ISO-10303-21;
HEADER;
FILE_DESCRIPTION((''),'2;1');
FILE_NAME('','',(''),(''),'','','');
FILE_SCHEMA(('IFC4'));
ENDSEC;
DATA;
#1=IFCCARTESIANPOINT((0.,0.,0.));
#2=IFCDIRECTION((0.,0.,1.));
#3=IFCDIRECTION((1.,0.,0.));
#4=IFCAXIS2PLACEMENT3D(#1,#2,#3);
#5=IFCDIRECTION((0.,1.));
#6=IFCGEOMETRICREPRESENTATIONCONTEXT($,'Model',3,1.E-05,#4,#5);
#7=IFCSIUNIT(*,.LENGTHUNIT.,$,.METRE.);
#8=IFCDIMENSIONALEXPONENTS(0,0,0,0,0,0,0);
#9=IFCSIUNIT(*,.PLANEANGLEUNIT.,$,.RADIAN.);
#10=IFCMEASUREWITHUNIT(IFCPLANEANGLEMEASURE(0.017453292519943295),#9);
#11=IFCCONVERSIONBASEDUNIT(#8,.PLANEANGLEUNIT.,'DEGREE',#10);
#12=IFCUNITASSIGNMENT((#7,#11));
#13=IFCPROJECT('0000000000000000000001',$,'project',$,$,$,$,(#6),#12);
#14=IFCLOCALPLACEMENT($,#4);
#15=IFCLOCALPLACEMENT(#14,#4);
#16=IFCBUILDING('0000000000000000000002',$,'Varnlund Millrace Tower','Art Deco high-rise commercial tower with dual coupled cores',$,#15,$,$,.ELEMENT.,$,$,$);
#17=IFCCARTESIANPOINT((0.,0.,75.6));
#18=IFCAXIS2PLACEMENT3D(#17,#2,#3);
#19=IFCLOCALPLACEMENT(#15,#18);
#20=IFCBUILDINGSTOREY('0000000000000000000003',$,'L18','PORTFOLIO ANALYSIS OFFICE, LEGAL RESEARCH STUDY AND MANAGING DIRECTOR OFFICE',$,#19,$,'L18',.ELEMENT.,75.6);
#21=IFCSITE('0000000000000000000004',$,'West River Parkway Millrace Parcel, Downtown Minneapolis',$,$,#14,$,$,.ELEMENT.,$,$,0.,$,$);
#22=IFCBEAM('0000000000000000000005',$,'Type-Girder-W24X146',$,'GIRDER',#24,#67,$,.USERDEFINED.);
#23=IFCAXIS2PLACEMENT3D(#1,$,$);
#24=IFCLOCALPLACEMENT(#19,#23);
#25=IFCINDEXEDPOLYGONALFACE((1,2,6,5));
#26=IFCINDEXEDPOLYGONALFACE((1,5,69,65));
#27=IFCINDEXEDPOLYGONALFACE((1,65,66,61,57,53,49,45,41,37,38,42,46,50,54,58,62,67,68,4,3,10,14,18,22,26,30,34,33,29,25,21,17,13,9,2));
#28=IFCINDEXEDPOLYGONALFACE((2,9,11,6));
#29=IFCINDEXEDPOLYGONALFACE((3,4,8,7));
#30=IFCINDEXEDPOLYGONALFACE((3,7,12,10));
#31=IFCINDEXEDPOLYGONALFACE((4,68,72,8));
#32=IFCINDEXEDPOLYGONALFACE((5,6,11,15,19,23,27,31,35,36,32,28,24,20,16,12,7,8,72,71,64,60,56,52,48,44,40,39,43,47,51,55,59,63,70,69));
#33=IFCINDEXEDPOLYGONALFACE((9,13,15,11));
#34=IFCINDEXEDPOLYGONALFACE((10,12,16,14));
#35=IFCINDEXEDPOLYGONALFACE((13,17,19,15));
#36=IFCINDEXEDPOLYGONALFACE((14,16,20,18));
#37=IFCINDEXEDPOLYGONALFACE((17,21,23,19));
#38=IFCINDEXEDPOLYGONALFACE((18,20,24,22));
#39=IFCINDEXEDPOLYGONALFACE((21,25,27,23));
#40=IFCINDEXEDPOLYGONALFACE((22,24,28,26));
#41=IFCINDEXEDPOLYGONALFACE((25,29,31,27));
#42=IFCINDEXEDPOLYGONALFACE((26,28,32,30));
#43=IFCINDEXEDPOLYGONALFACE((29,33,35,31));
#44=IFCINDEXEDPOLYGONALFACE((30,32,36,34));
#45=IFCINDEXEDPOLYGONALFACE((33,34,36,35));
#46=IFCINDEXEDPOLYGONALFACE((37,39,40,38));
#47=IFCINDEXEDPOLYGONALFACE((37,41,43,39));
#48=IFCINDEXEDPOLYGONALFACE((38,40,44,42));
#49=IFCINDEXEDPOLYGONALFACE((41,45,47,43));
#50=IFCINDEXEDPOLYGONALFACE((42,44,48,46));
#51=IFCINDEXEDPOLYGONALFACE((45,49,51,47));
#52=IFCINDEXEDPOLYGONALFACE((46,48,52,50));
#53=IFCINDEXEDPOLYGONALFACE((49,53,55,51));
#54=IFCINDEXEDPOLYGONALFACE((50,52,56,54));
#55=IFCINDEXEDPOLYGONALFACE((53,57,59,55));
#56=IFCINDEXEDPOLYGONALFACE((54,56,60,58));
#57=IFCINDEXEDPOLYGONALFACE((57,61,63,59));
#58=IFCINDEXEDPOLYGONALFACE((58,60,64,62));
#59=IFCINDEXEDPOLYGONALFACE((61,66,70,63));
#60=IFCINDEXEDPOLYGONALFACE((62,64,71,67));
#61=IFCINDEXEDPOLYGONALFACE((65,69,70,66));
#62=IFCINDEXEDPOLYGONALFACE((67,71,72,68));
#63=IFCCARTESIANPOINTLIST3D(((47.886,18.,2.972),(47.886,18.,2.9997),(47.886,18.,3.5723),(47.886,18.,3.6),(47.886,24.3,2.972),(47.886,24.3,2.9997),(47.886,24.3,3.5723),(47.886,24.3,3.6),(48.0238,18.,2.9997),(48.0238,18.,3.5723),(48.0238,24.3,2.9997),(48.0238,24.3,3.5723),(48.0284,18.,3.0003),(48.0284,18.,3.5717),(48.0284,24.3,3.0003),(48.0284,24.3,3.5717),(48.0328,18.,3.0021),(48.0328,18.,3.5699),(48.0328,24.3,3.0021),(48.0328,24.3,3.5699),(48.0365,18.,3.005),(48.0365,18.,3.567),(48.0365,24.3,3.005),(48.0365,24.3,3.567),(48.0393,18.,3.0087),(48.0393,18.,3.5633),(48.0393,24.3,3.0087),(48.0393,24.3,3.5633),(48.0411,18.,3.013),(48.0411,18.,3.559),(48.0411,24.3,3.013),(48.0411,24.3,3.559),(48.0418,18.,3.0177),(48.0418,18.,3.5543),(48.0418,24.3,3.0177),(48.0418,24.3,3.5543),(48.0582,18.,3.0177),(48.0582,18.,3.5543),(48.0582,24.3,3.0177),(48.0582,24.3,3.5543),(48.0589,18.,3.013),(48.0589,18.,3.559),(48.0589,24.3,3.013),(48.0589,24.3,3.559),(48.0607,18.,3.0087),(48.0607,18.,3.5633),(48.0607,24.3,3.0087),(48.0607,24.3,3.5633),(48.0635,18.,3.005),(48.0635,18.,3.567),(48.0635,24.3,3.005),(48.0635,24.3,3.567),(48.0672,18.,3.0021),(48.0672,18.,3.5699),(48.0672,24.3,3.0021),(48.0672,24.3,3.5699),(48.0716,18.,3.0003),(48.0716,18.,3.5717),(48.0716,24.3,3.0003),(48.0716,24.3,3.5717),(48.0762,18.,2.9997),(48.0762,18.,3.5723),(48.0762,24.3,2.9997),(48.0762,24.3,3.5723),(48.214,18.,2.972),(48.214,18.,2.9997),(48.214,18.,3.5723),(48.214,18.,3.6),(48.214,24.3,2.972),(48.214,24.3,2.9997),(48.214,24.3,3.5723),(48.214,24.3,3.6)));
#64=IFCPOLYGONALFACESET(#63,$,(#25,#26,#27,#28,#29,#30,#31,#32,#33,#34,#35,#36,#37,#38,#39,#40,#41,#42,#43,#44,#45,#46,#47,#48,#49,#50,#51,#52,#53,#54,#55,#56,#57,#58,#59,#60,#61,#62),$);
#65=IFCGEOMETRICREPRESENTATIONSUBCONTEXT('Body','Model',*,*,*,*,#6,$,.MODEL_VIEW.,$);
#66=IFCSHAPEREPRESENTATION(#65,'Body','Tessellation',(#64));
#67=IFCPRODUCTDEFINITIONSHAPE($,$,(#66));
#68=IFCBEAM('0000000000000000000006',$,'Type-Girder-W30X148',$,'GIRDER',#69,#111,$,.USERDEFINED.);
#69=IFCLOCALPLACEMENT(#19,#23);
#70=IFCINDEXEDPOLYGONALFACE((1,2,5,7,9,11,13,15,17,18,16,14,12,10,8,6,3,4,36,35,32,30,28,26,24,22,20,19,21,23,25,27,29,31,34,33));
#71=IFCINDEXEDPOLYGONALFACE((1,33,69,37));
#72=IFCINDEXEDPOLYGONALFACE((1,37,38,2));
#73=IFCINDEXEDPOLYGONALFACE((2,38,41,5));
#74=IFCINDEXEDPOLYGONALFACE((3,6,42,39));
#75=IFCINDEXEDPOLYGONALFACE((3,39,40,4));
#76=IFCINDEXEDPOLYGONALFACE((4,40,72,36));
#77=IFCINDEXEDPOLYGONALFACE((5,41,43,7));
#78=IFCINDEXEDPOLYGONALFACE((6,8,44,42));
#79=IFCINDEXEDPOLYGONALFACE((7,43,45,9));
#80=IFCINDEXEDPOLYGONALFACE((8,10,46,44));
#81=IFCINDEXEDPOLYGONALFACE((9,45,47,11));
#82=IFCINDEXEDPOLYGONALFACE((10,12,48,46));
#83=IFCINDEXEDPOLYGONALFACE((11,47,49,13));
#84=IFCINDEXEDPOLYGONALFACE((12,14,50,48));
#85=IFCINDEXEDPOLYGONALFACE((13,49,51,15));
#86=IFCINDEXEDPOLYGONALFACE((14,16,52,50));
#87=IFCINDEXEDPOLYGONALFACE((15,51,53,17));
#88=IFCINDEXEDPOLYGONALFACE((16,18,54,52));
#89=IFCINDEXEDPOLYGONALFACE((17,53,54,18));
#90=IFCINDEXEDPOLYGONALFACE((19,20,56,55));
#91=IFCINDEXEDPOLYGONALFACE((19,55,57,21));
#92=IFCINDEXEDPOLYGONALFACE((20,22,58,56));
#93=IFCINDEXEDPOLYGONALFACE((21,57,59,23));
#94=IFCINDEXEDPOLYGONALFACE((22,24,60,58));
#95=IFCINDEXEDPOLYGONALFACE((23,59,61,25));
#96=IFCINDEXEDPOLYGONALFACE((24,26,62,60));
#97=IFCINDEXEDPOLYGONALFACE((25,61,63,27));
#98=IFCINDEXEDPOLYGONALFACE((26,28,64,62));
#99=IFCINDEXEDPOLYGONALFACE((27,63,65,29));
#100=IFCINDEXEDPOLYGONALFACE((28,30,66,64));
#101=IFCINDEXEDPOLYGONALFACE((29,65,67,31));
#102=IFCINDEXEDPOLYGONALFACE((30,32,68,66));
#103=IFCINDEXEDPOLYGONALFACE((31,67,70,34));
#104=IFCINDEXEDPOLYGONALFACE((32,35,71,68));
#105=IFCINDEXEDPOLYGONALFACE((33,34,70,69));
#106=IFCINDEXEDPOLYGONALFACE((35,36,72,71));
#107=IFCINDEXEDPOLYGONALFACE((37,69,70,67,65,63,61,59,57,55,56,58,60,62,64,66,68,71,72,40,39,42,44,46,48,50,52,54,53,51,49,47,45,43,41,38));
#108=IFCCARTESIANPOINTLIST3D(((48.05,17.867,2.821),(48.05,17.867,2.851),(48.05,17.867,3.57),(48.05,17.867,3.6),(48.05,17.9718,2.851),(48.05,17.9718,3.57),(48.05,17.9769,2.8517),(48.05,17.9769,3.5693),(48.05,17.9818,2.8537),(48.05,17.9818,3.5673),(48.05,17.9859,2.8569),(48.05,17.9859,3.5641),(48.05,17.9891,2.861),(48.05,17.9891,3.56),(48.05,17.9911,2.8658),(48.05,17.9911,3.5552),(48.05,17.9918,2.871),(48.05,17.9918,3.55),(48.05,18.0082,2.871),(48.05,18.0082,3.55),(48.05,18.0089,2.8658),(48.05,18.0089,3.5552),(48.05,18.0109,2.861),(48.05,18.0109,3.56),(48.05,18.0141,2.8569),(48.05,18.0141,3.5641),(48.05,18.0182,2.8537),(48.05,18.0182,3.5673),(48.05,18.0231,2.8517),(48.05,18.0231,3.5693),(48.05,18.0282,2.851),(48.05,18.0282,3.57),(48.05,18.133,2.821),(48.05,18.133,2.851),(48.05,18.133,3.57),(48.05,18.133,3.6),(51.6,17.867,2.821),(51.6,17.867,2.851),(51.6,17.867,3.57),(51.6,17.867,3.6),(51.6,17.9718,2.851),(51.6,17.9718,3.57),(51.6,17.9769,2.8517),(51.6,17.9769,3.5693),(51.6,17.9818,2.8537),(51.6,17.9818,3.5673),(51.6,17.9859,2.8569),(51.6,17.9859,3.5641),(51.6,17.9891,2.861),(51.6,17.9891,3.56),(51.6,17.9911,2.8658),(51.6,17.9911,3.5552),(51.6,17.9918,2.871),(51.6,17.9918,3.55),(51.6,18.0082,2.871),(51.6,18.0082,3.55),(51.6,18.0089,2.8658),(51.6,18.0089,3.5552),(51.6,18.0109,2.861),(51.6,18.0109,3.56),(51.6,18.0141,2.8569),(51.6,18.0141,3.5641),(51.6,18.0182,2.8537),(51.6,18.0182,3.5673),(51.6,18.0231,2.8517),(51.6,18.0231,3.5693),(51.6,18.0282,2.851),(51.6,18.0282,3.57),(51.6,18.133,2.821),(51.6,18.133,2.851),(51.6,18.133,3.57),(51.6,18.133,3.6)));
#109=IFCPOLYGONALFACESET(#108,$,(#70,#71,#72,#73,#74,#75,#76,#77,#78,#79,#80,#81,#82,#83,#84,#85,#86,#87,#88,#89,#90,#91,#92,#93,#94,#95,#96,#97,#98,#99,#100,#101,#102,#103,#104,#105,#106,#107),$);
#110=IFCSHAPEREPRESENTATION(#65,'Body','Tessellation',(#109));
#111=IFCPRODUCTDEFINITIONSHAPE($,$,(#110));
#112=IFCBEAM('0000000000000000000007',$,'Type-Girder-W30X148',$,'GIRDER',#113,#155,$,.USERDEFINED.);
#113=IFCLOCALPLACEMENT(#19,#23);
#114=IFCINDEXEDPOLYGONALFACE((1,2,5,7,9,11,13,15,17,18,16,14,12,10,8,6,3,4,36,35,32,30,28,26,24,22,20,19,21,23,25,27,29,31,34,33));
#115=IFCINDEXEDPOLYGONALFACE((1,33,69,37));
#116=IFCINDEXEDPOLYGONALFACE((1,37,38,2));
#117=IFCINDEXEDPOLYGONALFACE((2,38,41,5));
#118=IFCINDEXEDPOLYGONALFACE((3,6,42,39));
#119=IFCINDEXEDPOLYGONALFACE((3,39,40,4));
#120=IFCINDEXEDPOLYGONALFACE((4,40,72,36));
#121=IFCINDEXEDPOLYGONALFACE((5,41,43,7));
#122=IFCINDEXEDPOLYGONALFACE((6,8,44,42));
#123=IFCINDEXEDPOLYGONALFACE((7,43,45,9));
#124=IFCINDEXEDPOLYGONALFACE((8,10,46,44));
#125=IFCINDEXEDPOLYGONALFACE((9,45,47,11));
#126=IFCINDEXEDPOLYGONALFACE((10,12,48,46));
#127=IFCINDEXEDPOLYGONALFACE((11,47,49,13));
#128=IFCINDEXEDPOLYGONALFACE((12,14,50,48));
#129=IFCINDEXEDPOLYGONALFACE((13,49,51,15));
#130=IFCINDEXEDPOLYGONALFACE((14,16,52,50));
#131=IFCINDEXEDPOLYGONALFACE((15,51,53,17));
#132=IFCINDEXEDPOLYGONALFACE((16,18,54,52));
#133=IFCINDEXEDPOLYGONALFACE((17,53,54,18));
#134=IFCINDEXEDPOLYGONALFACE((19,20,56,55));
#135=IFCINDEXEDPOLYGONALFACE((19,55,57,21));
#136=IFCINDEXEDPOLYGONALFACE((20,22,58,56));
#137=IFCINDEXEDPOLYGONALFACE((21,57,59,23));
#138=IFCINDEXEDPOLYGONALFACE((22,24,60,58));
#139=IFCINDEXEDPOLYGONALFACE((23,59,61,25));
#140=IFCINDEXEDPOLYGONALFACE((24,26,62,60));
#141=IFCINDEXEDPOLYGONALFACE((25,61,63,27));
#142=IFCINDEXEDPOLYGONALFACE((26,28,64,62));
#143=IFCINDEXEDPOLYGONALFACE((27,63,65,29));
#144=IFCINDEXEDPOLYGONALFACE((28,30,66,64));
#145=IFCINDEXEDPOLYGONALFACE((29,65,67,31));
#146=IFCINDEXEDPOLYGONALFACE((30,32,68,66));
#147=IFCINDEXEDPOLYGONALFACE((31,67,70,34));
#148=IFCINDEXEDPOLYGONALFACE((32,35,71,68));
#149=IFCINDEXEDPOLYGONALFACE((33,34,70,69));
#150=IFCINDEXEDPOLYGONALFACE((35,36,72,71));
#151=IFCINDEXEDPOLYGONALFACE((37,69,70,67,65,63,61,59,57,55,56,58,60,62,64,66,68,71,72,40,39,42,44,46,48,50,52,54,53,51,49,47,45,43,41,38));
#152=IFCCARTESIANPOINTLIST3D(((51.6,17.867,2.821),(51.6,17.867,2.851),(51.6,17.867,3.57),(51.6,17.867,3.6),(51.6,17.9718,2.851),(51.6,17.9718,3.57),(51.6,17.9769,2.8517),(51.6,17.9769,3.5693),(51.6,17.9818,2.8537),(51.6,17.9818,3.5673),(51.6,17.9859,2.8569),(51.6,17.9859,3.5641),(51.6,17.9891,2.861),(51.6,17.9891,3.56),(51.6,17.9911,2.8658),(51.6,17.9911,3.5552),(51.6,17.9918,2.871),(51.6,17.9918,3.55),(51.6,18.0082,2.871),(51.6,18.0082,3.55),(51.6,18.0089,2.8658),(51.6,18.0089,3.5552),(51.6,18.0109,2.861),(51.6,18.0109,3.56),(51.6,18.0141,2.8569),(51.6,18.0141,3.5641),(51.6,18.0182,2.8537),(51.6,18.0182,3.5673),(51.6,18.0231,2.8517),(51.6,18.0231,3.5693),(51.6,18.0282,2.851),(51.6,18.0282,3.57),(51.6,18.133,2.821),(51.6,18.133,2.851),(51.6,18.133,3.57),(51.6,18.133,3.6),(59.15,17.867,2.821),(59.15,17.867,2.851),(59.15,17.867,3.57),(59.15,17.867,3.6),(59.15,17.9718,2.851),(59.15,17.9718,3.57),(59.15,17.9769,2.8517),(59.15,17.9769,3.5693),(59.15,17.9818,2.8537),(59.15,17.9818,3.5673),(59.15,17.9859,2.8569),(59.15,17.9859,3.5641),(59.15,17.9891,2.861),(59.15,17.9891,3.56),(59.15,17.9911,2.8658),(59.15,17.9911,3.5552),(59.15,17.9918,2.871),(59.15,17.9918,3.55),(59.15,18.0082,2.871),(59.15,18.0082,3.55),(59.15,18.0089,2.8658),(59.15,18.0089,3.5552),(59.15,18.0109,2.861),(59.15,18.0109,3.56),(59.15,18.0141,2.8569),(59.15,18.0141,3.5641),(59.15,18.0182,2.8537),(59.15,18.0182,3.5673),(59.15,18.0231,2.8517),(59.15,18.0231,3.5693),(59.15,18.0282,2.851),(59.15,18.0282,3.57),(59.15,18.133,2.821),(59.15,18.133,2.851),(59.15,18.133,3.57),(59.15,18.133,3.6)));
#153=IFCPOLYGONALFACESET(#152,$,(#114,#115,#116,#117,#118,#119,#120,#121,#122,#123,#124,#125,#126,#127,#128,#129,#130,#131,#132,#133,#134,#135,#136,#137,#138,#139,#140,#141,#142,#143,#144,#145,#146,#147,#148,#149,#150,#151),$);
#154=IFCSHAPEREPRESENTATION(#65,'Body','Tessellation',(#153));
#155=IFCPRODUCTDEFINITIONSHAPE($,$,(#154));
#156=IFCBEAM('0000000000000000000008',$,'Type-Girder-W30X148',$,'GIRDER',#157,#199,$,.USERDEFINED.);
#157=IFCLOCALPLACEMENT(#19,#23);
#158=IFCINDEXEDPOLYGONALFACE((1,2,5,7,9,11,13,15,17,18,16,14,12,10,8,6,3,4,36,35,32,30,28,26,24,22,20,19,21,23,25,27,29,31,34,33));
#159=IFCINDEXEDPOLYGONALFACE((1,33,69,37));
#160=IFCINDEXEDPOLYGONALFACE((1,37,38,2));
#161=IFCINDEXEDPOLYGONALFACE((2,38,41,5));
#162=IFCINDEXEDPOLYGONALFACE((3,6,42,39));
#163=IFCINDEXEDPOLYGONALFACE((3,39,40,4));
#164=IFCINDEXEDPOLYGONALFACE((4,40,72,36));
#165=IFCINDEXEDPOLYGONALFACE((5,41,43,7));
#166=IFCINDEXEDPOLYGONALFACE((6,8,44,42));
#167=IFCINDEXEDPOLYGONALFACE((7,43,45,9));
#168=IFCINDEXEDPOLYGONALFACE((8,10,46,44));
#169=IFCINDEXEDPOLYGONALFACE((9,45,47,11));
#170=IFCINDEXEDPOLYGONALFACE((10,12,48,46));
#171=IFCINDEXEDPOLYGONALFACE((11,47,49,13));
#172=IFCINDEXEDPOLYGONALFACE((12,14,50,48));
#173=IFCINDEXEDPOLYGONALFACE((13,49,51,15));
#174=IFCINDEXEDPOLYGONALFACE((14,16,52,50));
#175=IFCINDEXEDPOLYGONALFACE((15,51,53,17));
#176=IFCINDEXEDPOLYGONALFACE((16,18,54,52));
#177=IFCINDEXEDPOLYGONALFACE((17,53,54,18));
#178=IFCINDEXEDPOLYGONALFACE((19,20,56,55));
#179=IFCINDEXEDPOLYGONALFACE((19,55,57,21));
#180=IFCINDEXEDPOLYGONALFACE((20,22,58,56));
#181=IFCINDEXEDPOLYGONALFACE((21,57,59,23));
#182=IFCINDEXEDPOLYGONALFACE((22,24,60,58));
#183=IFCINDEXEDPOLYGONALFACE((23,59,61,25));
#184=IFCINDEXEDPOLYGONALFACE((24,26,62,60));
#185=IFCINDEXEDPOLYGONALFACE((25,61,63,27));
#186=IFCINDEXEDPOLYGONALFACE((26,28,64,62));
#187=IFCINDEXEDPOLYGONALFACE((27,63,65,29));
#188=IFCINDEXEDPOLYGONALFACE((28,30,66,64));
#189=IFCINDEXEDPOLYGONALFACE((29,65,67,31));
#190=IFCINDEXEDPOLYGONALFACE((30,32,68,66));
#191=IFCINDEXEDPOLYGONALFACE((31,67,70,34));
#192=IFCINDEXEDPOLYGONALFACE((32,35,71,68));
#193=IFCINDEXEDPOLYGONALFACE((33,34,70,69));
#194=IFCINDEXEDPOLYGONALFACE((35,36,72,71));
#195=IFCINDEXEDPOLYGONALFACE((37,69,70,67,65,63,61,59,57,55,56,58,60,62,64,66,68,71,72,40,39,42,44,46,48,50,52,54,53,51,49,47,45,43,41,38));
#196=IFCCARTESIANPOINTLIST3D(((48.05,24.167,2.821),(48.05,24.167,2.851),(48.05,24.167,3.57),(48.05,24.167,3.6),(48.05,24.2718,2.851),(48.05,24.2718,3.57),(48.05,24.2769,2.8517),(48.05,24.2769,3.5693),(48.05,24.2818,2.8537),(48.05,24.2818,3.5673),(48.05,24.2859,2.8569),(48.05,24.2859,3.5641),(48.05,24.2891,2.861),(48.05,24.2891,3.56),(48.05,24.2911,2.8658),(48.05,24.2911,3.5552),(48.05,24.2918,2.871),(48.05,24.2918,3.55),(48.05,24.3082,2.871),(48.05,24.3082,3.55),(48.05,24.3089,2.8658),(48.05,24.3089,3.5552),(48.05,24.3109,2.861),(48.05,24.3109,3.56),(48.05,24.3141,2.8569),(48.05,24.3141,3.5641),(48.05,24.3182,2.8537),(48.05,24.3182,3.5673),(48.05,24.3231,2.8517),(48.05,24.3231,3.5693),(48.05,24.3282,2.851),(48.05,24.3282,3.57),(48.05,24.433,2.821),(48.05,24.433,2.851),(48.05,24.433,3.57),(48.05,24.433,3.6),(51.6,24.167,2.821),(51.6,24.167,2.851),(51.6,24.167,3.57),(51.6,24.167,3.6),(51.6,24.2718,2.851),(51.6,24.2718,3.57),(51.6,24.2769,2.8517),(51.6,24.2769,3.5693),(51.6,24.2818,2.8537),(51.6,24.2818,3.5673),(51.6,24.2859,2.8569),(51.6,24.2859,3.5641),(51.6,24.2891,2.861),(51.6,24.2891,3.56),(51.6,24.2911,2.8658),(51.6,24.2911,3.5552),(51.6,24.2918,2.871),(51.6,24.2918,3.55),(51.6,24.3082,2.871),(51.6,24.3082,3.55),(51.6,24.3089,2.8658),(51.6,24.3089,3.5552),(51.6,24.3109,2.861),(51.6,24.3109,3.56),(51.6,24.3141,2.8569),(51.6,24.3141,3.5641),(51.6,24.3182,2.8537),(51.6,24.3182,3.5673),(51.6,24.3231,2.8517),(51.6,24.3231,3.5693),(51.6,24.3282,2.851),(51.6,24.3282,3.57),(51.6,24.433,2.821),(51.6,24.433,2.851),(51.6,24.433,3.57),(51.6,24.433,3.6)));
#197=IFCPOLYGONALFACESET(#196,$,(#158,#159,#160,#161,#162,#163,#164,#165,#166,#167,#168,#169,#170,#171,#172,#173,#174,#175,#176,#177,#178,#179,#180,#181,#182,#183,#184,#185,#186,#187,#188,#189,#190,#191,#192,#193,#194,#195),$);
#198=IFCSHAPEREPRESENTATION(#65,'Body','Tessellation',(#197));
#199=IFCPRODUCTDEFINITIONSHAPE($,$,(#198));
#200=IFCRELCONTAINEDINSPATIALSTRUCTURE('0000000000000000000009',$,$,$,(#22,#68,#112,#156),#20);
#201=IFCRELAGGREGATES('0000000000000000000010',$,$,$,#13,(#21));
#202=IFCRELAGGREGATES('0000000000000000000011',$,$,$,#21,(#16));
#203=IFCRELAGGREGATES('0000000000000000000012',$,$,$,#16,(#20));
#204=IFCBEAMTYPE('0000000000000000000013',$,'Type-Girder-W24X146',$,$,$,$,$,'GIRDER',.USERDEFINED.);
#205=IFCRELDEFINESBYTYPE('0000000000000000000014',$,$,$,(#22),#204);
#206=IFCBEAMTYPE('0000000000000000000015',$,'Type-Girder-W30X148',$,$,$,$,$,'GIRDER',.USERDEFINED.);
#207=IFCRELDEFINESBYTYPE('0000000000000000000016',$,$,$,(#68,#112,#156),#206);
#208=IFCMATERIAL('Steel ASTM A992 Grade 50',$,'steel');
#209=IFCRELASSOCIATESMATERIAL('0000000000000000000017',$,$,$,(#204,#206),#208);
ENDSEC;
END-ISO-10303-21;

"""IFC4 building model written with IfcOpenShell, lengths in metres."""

from ifc_helpers import new_model, entity, si_unit, converted_unit, direction, frame, origin_with_axes, origin_2d_with_axis, place, context, subcontext, project, spatial, i_section, extrude, material, material_profile, profile_set, type_object, element, save


model = new_model("IFC4")

# Units and contexts
model_context = context("Model", 3, precision=1e-05, world=origin_with_axes(), true_north=direction((0.0, 1.0)))
body_context = subcontext(model_context, "Body", "Model", "MODEL_VIEW")
ifc_project = project(units=[si_unit("LENGTHUNIT", "METRE"), converted_unit("PLANEANGLEUNIT", "DEGREE", entity("IfcPlaneAngleMeasure", 0.017453292519943295), si_unit("PLANEANGLEUNIT", "RADIAN"), dimensions=[0, 0, 0, 0, 0, 0, 0])], contexts=[model_context])

# Site, building, storey
site_placement = place(None, origin_with_axes())
site = spatial("IfcSite", under=ifc_project, at=site_placement, Name="West River Parkway Millrace Parcel, Downtown Minneapolis", CompositionType="ELEMENT", RefElevation=0.0)
building_placement = place(site_placement, origin_with_axes())
building = spatial("IfcBuilding", under=site, at=building_placement, Name="Varnlund Millrace Tower", Description="Art Deco high-rise commercial tower with dual coupled cores", CompositionType="ELEMENT")
storey_placement = place(building_placement, frame((0.0, 0.0, 75.6), z_axis=(0.0, 0.0, 1.0), x_axis=(1.0, 0.0, 0.0)))
storey = spatial("IfcBuildingStorey", under=building, at=storey_placement, Name="L18", Description="PORTFOLIO ANALYSIS OFFICE, LEGAL RESEARCH STUDY AND MANAGING DIRECTOR OFFICE", LongName="L18", CompositionType="ELEMENT", Elevation=75.6)

# Beams
ifc_material_1 = material(Name="Steel ASTM A992 Grade 50", Category="steel")
ifc_material_profile_1 = material_profile(ifc_material_1, i_section(OverallWidth=0.328, OverallDepth=0.628, WebThickness=0.0165, FlangeThickness=0.0277, FilletRadius=0.018, at=origin_2d_with_axis()), Name="Steel ASTM A992 Grade 50")
ifc_profile_set_1 = profile_set([ifc_material_profile_1], Name="Steel ASTM A992 Grade 50")
beam_type_1 = type_object("IfcBeamType", Name="Type-Girder-W24X146", ElementType="GIRDER", PredefinedType="USERDEFINED", material=ifc_profile_set_1)
beam_1_placement = place(storey_placement, frame((48.05, 18.0, 3.286), z_axis=(0.0, 1.0, 0.0), x_axis=(-1.0, 0.0, 0.0)))
element("IfcBeam", 1, at=beam_1_placement, inside=storey, type_object=beam_type_1, Name="Type-Girder-W24X146", ObjectType="GIRDER", PredefinedType="USERDEFINED", context=body_context, shape_type="SweptSolid", body=[
    extrude(i_section(OverallWidth=0.328, OverallDepth=0.628, WebThickness=0.0165, FlangeThickness=0.0277, FilletRadius=0.018, at=origin_2d_with_axis()), origin_with_axes(), (0.0, 0.0, 1.0), 6.3),
])
ifc_material_profile_2 = material_profile(ifc_material_1, i_section(OverallWidth=0.266, OverallDepth=0.779, WebThickness=0.0165, FlangeThickness=0.03, FilletRadius=0.02, at=origin_2d_with_axis()), Name="Steel ASTM A992 Grade 50")
ifc_profile_set_2 = profile_set([ifc_material_profile_2], Name="Steel ASTM A992 Grade 50")
beam_type_2 = type_object("IfcBeamType", Name="Type-Girder-W30X148", ElementType="GIRDER", PredefinedType="USERDEFINED", material=ifc_profile_set_2)
beam_2_placement = place(storey_placement, frame((48.05, 18.0, 3.2105), z_axis=(1.0, 0.0, 0.0), x_axis=(0.0, 1.0, 0.0)))
element("IfcBeam", 2, at=beam_2_placement, inside=storey, type_object=beam_type_2, Name="Type-Girder-W30X148", ObjectType="GIRDER", PredefinedType="USERDEFINED", context=body_context, shape_type="SweptSolid", body=[
    extrude(i_section(OverallWidth=0.266, OverallDepth=0.779, WebThickness=0.0165, FlangeThickness=0.03, FilletRadius=0.02, at=origin_2d_with_axis()), origin_with_axes(), (0.0, 0.0, 1.0), 3.55),
])
beam_3_placement = place(storey_placement, frame((51.6, 18.0, 3.2105), z_axis=(1.0, 0.0, 0.0), x_axis=(0.0, 1.0, 0.0)))
element("IfcBeam", 3, at=beam_3_placement, inside=storey, type_object=beam_type_2, Name="Type-Girder-W30X148", ObjectType="GIRDER", PredefinedType="USERDEFINED", context=body_context, shape_type="SweptSolid", body=[
    extrude(i_section(OverallWidth=0.266, OverallDepth=0.779, WebThickness=0.0165, FlangeThickness=0.03, FilletRadius=0.02, at=origin_2d_with_axis()), origin_with_axes(), (0.0, 0.0, 1.0), 7.55),
])
beam_4_placement = place(storey_placement, frame((48.05, 24.3, 3.2105), z_axis=(1.0, 0.0, 0.0), x_axis=(0.0, 1.0, 0.0)))
element("IfcBeam", 4, at=beam_4_placement, inside=storey, type_object=beam_type_2, Name="Type-Girder-W30X148", ObjectType="GIRDER", PredefinedType="USERDEFINED", context=body_context, shape_type="SweptSolid", body=[
    extrude(i_section(OverallWidth=0.266, OverallDepth=0.779, WebThickness=0.0165, FlangeThickness=0.03, FilletRadius=0.02, at=origin_2d_with_axis()), origin_with_axes(), (0.0, 0.0, 1.0), 3.55),
])

save(model, "model.ifc")
